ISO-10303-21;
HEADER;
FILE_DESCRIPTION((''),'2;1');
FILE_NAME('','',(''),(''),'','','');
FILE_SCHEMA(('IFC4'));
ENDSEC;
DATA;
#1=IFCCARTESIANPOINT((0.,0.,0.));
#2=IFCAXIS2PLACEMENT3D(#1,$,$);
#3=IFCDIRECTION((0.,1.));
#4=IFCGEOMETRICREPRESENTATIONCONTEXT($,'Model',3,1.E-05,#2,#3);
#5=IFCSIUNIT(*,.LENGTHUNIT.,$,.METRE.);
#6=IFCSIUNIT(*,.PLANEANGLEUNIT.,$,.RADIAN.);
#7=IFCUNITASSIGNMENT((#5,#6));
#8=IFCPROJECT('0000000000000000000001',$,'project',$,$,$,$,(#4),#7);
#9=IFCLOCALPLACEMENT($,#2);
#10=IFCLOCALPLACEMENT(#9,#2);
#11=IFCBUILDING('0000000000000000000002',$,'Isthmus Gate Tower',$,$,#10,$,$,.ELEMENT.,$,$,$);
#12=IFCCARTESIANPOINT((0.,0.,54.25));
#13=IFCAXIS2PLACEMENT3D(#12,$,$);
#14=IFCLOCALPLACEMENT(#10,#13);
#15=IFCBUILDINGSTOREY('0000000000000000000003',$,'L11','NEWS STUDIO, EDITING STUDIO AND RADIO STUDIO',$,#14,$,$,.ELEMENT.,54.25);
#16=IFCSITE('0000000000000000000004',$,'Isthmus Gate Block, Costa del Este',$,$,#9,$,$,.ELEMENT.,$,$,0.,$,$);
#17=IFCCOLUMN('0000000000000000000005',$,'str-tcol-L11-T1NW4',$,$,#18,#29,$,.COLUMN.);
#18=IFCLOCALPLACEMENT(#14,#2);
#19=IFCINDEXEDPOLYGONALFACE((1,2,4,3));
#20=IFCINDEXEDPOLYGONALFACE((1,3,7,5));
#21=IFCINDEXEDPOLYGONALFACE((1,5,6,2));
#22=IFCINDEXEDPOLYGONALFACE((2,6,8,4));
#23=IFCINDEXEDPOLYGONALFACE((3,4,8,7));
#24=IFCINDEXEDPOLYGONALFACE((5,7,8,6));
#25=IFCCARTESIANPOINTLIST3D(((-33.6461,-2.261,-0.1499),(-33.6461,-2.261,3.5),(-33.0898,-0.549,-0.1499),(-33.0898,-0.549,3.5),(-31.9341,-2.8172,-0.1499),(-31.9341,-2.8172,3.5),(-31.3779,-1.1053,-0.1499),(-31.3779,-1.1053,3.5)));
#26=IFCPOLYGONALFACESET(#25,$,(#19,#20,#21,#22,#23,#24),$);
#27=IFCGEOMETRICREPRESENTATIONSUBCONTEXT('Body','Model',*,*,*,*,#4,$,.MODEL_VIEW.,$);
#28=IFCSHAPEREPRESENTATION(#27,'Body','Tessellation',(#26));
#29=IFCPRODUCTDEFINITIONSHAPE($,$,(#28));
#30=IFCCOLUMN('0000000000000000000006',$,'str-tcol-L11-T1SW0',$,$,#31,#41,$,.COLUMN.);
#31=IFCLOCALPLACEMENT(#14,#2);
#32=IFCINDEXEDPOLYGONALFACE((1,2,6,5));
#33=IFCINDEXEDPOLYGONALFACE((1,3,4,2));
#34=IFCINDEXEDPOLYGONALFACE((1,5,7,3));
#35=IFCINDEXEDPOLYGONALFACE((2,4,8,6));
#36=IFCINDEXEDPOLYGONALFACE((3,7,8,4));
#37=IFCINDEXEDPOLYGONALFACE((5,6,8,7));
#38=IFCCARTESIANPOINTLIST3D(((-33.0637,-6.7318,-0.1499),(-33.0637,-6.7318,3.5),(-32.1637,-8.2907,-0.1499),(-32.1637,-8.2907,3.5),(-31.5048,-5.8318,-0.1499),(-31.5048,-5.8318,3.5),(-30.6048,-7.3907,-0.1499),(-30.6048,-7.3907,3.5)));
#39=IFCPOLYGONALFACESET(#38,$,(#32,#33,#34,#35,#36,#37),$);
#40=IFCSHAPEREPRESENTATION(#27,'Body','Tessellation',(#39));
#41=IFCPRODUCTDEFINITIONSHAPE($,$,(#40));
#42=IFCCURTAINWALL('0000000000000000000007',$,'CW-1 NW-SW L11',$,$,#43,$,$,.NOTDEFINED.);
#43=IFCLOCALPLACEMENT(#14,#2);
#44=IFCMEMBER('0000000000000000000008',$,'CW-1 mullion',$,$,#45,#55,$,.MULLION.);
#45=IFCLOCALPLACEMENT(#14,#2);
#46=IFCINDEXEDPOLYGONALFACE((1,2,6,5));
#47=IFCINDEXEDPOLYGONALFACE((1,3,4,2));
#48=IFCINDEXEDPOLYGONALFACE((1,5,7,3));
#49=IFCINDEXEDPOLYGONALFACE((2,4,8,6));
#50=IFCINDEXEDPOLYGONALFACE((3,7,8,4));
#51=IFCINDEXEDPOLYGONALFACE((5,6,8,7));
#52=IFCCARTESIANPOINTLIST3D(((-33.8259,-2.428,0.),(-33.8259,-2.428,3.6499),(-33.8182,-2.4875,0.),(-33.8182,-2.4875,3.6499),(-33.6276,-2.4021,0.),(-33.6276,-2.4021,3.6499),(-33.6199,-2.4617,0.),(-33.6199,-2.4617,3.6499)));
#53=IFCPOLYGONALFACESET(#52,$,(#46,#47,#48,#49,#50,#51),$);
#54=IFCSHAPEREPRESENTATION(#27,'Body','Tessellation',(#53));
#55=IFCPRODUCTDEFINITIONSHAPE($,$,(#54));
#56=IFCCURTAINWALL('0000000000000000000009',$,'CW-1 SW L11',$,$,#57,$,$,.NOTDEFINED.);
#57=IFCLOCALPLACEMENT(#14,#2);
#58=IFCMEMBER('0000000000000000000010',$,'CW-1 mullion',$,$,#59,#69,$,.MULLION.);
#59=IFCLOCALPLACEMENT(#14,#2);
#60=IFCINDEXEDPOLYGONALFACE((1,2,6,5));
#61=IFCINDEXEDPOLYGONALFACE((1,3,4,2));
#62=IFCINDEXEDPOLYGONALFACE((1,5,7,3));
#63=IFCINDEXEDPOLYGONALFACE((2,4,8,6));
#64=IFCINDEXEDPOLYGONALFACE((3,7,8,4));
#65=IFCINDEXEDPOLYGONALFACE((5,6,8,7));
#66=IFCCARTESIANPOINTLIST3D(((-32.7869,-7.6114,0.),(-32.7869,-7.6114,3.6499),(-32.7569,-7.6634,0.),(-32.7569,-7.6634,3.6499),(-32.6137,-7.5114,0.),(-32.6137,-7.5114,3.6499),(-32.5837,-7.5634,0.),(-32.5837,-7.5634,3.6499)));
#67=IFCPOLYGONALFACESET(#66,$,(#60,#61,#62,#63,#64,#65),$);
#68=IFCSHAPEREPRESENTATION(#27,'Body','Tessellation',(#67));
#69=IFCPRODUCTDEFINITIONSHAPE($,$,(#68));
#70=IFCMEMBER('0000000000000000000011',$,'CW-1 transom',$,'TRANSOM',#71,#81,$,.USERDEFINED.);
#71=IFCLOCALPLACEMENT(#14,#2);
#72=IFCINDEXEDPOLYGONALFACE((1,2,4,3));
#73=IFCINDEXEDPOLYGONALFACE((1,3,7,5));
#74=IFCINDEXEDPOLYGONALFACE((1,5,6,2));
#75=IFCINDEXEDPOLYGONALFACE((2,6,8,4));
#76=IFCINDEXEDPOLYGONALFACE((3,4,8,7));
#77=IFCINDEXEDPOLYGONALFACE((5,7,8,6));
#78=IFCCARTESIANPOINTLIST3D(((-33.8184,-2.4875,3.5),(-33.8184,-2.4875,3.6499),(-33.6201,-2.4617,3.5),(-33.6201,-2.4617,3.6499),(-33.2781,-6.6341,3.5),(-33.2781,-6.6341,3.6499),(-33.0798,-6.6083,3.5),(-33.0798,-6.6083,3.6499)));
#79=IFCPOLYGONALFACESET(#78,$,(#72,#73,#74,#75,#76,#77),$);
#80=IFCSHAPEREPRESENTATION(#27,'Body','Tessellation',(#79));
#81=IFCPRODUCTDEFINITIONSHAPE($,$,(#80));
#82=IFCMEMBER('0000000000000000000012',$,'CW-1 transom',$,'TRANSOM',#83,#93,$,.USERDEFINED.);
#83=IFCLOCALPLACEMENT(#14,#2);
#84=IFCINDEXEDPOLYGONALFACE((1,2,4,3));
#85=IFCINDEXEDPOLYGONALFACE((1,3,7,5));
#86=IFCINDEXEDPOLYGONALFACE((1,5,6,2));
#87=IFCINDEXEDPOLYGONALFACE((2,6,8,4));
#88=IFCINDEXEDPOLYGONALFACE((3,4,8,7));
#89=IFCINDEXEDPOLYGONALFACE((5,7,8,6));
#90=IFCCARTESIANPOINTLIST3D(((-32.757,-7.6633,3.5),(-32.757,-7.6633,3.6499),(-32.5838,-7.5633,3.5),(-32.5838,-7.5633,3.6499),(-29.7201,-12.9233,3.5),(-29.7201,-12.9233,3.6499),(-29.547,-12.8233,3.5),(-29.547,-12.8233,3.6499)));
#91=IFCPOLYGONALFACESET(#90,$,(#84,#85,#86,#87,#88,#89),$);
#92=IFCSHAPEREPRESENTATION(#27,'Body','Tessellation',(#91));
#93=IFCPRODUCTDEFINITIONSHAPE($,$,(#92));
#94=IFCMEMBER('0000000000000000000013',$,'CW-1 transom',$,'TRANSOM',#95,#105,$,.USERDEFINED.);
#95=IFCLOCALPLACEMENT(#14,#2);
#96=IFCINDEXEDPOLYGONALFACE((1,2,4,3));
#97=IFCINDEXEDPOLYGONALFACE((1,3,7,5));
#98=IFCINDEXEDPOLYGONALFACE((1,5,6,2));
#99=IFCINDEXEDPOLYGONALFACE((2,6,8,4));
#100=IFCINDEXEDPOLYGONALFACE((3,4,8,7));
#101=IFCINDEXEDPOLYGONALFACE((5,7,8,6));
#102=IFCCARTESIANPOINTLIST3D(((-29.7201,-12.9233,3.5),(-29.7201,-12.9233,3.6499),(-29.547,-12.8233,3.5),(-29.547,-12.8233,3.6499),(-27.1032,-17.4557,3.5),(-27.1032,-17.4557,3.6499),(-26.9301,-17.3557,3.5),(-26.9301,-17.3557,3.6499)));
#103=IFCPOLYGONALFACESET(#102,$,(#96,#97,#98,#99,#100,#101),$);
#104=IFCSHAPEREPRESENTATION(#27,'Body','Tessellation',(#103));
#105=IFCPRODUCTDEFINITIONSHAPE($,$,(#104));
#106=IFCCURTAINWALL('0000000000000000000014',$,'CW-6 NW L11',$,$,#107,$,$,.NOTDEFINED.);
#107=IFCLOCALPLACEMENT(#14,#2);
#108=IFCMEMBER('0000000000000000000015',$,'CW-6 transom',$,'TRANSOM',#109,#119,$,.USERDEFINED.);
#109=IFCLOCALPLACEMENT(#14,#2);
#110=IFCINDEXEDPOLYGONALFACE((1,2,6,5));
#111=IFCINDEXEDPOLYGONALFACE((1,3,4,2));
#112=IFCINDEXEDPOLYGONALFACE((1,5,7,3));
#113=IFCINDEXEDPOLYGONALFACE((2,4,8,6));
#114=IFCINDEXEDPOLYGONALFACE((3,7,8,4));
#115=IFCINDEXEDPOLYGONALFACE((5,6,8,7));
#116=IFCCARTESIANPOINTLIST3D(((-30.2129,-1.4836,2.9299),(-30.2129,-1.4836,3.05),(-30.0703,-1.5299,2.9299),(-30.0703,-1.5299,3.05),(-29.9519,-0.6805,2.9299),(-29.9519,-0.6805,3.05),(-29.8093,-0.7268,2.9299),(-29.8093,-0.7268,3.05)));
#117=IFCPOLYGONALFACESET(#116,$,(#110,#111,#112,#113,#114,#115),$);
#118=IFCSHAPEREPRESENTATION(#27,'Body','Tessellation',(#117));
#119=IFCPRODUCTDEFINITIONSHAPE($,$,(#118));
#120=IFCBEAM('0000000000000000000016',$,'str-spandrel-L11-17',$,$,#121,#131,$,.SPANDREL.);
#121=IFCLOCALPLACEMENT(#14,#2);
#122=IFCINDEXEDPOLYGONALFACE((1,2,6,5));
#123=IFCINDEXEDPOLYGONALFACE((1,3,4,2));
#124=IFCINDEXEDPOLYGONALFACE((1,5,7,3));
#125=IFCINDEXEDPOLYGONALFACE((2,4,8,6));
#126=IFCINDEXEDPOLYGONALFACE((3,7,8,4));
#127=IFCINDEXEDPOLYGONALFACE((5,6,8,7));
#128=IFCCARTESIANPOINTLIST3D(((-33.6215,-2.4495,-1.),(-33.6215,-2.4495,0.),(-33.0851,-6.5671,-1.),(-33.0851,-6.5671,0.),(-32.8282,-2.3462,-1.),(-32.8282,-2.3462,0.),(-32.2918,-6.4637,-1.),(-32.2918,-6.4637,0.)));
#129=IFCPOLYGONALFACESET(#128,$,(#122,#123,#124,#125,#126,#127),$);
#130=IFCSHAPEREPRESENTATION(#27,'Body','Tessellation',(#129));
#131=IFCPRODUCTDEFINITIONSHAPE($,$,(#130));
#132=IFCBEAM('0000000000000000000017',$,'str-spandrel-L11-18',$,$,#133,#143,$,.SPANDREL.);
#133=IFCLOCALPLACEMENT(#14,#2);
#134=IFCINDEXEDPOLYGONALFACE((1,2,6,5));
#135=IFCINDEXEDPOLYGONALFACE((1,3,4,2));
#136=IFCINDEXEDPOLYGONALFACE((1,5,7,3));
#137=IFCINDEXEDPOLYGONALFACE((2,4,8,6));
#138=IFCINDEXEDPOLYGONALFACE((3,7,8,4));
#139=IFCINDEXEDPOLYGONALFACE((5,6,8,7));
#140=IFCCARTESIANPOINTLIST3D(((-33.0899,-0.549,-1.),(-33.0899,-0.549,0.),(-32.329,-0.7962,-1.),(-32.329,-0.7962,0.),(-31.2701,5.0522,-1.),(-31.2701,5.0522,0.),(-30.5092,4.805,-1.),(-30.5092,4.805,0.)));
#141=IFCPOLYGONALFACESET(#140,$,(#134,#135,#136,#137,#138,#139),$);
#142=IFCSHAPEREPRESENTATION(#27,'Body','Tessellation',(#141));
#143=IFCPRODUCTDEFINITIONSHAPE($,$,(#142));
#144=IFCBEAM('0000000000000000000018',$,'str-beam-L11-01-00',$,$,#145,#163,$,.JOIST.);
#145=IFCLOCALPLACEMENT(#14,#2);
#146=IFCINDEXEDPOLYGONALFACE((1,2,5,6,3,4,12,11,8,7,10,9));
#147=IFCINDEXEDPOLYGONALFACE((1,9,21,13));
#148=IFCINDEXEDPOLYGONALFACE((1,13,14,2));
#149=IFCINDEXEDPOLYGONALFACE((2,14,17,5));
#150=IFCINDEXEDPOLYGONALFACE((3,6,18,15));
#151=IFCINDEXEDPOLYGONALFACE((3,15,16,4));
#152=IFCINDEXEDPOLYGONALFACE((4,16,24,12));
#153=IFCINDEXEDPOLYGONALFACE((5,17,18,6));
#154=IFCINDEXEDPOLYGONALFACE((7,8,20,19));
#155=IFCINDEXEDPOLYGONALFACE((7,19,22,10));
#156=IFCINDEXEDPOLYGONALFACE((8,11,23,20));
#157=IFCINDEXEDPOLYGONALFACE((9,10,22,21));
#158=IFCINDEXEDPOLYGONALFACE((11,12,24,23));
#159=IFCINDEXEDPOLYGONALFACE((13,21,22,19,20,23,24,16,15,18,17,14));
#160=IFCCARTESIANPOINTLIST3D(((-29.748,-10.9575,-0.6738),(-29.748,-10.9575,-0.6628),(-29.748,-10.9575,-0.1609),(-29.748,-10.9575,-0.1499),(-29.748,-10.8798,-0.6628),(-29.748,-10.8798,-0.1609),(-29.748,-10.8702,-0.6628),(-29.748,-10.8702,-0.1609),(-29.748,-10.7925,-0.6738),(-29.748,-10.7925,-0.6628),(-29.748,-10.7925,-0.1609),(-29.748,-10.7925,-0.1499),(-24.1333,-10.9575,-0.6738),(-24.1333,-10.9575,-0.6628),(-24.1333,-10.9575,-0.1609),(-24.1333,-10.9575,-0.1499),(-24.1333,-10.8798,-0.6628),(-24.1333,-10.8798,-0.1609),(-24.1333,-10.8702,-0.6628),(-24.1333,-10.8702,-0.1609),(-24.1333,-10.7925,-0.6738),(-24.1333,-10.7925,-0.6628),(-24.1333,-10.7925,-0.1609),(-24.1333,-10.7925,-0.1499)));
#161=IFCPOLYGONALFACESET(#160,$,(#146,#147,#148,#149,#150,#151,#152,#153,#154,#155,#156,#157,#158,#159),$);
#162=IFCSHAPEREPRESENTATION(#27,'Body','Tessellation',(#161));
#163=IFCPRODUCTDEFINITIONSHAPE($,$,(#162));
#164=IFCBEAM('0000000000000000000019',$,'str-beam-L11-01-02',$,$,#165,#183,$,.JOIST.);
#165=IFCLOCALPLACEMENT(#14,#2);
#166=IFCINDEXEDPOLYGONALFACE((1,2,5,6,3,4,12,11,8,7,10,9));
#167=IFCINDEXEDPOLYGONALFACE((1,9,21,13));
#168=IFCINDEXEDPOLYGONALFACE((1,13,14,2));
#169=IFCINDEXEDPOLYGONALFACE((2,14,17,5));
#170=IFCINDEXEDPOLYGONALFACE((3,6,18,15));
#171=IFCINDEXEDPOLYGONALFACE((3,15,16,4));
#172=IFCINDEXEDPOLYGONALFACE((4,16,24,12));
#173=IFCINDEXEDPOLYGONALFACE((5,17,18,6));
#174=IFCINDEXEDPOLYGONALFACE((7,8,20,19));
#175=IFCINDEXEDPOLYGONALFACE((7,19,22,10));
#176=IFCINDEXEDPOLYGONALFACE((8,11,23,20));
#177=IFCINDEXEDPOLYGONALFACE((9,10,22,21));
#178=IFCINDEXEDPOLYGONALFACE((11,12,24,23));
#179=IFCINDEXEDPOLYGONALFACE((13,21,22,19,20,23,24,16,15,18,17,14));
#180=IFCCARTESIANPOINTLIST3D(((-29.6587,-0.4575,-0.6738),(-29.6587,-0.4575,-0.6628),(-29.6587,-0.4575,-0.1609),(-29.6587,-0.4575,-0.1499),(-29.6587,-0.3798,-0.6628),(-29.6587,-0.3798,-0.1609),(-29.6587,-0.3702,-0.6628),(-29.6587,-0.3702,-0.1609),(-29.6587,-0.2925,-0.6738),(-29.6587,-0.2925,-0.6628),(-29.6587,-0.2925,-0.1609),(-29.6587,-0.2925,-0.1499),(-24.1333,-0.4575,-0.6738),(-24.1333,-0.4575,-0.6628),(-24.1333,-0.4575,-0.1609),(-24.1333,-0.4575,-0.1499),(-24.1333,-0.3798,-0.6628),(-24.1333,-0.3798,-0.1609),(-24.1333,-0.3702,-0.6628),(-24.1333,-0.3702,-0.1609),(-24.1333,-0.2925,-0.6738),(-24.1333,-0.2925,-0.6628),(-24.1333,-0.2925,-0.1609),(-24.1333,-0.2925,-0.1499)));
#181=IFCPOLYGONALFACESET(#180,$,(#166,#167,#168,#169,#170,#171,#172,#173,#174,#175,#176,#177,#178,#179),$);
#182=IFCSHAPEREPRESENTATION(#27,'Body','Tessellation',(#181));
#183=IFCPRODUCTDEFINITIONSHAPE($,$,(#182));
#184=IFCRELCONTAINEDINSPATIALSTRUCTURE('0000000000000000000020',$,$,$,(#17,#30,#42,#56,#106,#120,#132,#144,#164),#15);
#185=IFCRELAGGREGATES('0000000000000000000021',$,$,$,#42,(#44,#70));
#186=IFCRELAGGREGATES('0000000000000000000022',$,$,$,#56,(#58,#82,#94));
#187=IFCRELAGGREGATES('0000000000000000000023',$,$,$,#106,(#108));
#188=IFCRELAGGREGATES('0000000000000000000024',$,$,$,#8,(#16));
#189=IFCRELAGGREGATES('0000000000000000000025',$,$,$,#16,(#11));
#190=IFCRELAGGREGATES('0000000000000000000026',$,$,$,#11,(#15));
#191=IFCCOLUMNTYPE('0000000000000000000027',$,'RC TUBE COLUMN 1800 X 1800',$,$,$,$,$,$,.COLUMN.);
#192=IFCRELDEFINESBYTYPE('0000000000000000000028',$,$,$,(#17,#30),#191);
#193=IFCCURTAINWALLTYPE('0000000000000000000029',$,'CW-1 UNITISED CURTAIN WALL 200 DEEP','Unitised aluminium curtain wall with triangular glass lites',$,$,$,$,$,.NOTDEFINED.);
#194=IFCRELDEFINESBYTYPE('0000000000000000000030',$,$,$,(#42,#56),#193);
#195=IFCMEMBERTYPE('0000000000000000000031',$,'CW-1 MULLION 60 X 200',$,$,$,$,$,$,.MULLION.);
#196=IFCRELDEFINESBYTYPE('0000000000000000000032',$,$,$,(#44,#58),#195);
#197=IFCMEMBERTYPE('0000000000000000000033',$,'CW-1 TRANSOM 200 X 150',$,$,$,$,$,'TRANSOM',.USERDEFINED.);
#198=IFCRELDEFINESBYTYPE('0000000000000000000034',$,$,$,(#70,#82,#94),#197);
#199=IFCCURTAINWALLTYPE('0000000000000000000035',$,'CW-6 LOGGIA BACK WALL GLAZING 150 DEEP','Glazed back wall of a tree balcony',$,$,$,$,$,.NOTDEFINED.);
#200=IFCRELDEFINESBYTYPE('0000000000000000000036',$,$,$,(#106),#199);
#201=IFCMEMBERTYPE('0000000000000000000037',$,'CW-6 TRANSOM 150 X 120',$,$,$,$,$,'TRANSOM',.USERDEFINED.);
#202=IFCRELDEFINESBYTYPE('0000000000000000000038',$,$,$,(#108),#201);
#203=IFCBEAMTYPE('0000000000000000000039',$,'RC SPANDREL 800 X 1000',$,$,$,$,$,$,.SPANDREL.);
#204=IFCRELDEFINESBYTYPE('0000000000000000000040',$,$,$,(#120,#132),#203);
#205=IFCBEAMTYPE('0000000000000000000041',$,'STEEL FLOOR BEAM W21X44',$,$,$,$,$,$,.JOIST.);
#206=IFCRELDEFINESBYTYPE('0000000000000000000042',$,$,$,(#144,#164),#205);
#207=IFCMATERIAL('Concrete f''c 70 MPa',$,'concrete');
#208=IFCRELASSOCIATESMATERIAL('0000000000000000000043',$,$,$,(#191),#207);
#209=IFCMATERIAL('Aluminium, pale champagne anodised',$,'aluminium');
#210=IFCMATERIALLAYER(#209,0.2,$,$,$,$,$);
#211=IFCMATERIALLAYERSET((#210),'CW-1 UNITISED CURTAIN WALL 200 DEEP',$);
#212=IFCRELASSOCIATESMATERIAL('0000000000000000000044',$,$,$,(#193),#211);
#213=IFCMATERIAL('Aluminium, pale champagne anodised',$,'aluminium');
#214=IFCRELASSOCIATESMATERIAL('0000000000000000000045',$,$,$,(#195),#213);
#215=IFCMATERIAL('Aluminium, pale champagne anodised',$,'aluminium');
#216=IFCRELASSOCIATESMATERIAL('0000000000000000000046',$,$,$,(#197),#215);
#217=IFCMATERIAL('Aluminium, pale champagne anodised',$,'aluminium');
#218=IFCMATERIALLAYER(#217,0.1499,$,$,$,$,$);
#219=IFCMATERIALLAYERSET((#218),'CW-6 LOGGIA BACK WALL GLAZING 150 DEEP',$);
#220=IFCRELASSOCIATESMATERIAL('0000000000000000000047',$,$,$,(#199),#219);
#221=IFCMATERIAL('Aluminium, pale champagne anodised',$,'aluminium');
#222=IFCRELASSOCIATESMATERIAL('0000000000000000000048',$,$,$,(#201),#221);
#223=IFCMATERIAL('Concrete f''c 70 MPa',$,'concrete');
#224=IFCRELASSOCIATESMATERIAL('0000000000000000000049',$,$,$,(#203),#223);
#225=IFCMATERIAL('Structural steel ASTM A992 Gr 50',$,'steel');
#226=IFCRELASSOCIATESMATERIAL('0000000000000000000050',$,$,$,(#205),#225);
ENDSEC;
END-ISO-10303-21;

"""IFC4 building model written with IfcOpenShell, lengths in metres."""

from ifc_helpers import new_model, si_unit, direction, frame, origin, origin_2d, place, context, subcontext, project, spatial, rectangle, i_section, extrude, material, layer, layer_set, material_profile, profile_set, type_object, element, aggregate, save


model = new_model("IFC4")

# Units and contexts
model_context = context("Model", 3, precision=1e-05, world=origin(), true_north=direction((0.0, 1.0)))
body_context = subcontext(model_context, "Body", "Model", "MODEL_VIEW")
ifc_project = project(units=[si_unit("LENGTHUNIT", "METRE"), si_unit("PLANEANGLEUNIT", "RADIAN")], contexts=[model_context])

# Site, building, storey
site_placement = place(None, origin())
site = spatial("IfcSite", under=ifc_project, at=site_placement, Name="Isthmus Gate Block, Costa del Este", CompositionType="ELEMENT", RefElevation=0.0)
building_placement = place(site_placement, origin())
building = spatial("IfcBuilding", under=site, at=building_placement, Name="Isthmus Gate Tower", CompositionType="ELEMENT")
storey_placement = place(building_placement, frame((0.0, 0.0, 54.25)))
storey = spatial("IfcBuildingStorey", under=building, at=storey_placement, Name="L11", Description="NEWS STUDIO, EDITING STUDIO AND RADIO STUDIO", CompositionType="ELEMENT", Elevation=54.25)

# Columns
ifc_material_1 = material(Name="Concrete f'c 70 MPa", Category="concrete")
ifc_material_profile_1 = material_profile(ifc_material_1, rectangle(XDim=1.8, YDim=1.8, at=origin_2d()), Name="RC 1800X1800")
ifc_profile_set_1 = profile_set([ifc_material_profile_1], Name="Concrete f'c 70 MPa")
column_type = type_object("IfcColumnType", Name="RC TUBE COLUMN 1800 X 1800", PredefinedType="COLUMN", material=ifc_profile_set_1)
for number, where, z_axis, x_axis, name in (
    (1, (-32.512, -1.6831, -0.1499), (0.0, 0.0, 1.0), (-0.309017, -0.951057, 0.0), "str-tcol-L11-T1NW4"),
    (2, (-31.8342, -7.0613, -0.1499), (0.0, 0.0, 1.0), (0.5, -0.866025, 0.0), "str-tcol-L11-T1SW0"),
):
    element("IfcColumn", number, at=place(storey_placement, frame(where, z_axis=z_axis, x_axis=x_axis)), inside=storey, type_object=column_type, Name=name, PredefinedType="COLUMN", context=body_context, shape_type="SweptSolid", body=[
        extrude(rectangle(XDim=1.8, YDim=1.8, at=origin_2d()), origin(), (0.0, 0.0, 1.0), 3.6499),
    ])

# Curtain walls, members
ifc_material_2 = material(Name="Aluminium, pale champagne anodised", Category="aluminium")
ifc_layer_1 = layer(ifc_material_2, 0.2)
ifc_layer_set_1 = layer_set([ifc_layer_1], Name="CW-1 UNITISED CURTAIN WALL 200 DEEP")
curtain_wall_type_1 = type_object("IfcCurtainWallType", Name="CW-1 UNITISED CURTAIN WALL 200 DEEP", Description="Unitised aluminium curtain wall with triangular glass lites", PredefinedType="NOTDEFINED", material=ifc_layer_set_1)
curtain_wall_1_placement = place(storey_placement, origin())
curtain_wall_1 = element("IfcCurtainWall", 3, at=curtain_wall_1_placement, inside=storey, type_object=curtain_wall_type_1, Name="CW-1 NW-SW L11", PredefinedType="NOTDEFINED")
ifc_material_3 = material(Name="Aluminium, pale champagne anodised", Category="aluminium")
ifc_material_profile_2 = material_profile(ifc_material_3, rectangle(XDim=0.0601, YDim=0.2, at=origin_2d()), Name="60x200")
ifc_profile_set_2 = profile_set([ifc_material_profile_2], Name="Aluminium, pale champagne anodised")
member_type_1 = type_object("IfcMemberType", Name="CW-1 MULLION 60 X 200", PredefinedType="MULLION", material=ifc_profile_set_2)
member_1_placement = place(storey_placement, frame((-33.7229, -2.4448, 0.0), z_axis=(0.0, 0.0, 1.0), x_axis=(0.129165, -0.991623, 0.0)))
member_1 = element("IfcMember", 4, at=member_1_placement, type_object=member_type_1, Name="CW-1 mullion", PredefinedType="MULLION", context=body_context, shape_type="SweptSolid", body=[
    extrude(rectangle(XDim=0.0601, YDim=0.2, at=origin_2d()), origin(), (0.0, 0.0, 1.0), 3.6499),
])
curtain_wall_2_placement = place(storey_placement, origin())
curtain_wall_2 = element("IfcCurtainWall", 5, at=curtain_wall_2_placement, inside=storey, type_object=curtain_wall_type_1, Name="CW-1 SW L11", PredefinedType="NOTDEFINED")
member_2_placement = place(storey_placement, frame((-32.6853, -7.5874, 0.0), z_axis=(0.0, 0.0, 1.0), x_axis=(0.5, -0.866025, 0.0)))
member_2 = element("IfcMember", 6, at=member_2_placement, type_object=member_type_1, Name="CW-1 mullion", PredefinedType="MULLION", context=body_context, shape_type="SweptSolid", body=[
    extrude(rectangle(XDim=0.0601, YDim=0.2, at=origin_2d()), origin(), (0.0, 0.0, 1.0), 3.6499),
])

# Members
ifc_material_4 = material(Name="Aluminium, pale champagne anodised", Category="aluminium")
ifc_material_profile_3 = material_profile(ifc_material_4, rectangle(XDim=0.2, YDim=0.1499, at=origin_2d()), Name="200x150")
ifc_profile_set_3 = profile_set([ifc_material_profile_3], Name="Aluminium, pale champagne anodised")
member_type_2 = type_object("IfcMemberType", Name="CW-1 TRANSOM 200 X 150", ElementType="TRANSOM", PredefinedType="USERDEFINED", material=ifc_profile_set_3)
member_3_placement = place(storey_placement, frame((-33.7192, -2.4746, 3.575), z_axis=(0.129207, -0.991618, 0.0), x_axis=(0.991618, 0.129207, 0.0)))
member_3 = element("IfcMember", 7, at=member_3_placement, type_object=member_type_2, Name="CW-1 transom", ObjectType="TRANSOM", PredefinedType="USERDEFINED", context=body_context, shape_type="SweptSolid", body=[
    extrude(rectangle(XDim=0.2, YDim=0.1499, at=origin_2d()), origin(), (0.0, 0.0, 1.0), 4.1816),
])
member_4_placement = place(storey_placement, frame((-32.6704, -7.6133, 3.575), z_axis=(0.5, -0.866026, 0.0), x_axis=(0.866026, 0.5, 0.0)))
member_4 = element("IfcMember", 8, at=member_4_placement, type_object=member_type_2, Name="CW-1 transom", ObjectType="TRANSOM", PredefinedType="USERDEFINED", context=body_context, shape_type="SweptSolid", body=[
    extrude(rectangle(XDim=0.2, YDim=0.1499, at=origin_2d()), origin(), (0.0, 0.0, 1.0), 6.0737),
])
member_5_placement = place(storey_placement, frame((-29.6335, -12.8733, 3.575), z_axis=(0.500017, -0.866015, 0.0), x_axis=(0.866015, 0.500017, 0.0)))
member_5 = element("IfcMember", 9, at=member_5_placement, type_object=member_type_2, Name="CW-1 transom", ObjectType="TRANSOM", PredefinedType="USERDEFINED", context=body_context, shape_type="SweptSolid", body=[
    extrude(rectangle(XDim=0.2, YDim=0.1499, at=origin_2d()), origin(), (0.0, 0.0, 1.0), 5.2336),
])

# Curtain wall, member
ifc_material_5 = material(Name="Aluminium, pale champagne anodised", Category="aluminium")
ifc_layer_2 = layer(ifc_material_5, 0.1499)
ifc_layer_set_2 = layer_set([ifc_layer_2], Name="CW-6 LOGGIA BACK WALL GLAZING 150 DEEP")
curtain_wall_type_2 = type_object("IfcCurtainWallType", Name="CW-6 LOGGIA BACK WALL GLAZING 150 DEEP", Description="Glazed back wall of a tree balcony", PredefinedType="NOTDEFINED", material=ifc_layer_set_2)
curtain_wall_3_placement = place(storey_placement, origin())
curtain_wall_3 = element("IfcCurtainWall", 10, at=curtain_wall_3_placement, inside=storey, type_object=curtain_wall_type_2, Name="CW-6 NW L11", PredefinedType="NOTDEFINED")
ifc_material_6 = material(Name="Aluminium, pale champagne anodised", Category="aluminium")
ifc_material_profile_4 = material_profile(ifc_material_6, rectangle(XDim=0.1499, YDim=0.1201, at=origin_2d()), Name="150x120")
ifc_profile_set_4 = profile_set([ifc_material_profile_4], Name="Aluminium, pale champagne anodised")
member_type_3 = type_object("IfcMemberType", Name="CW-6 TRANSOM 150 X 120", ElementType="TRANSOM", PredefinedType="USERDEFINED", material=ifc_profile_set_4)
member_6_placement = place(storey_placement, frame((-29.8806, -0.7036, 2.99), z_axis=(-0.309021, -0.951055, 0.0), x_axis=(0.951055, -0.309021, 0.0)))
member_6 = element("IfcMember", 11, at=member_6_placement, type_object=member_type_3, Name="CW-6 transom", ObjectType="TRANSOM", PredefinedType="USERDEFINED", context=body_context, shape_type="SweptSolid", body=[
    extrude(rectangle(XDim=0.1499, YDim=0.1201, at=origin_2d()), origin(), (0.0, 0.0, 1.0), 0.8445),
])

# Beams
ifc_material_7 = material(Name="Concrete f'c 70 MPa", Category="concrete")
ifc_material_profile_5 = material_profile(ifc_material_7, rectangle(XDim=0.8, YDim=1.0, at=origin_2d()), Name="RC 800X1000")
ifc_profile_set_5 = profile_set([ifc_material_profile_5], Name="Concrete f'c 70 MPa")
beam_type_1 = type_object("IfcBeamType", Name="RC SPANDREL 800 X 1000", PredefinedType="SPANDREL", material=ifc_profile_set_5)
beam_1_placement = place(storey_placement, frame((-32.6885, -6.5154, -0.5), z_axis=(-0.129171, 0.991622, 0.0), x_axis=(-0.991622, -0.129171, 0.0)))
element("IfcBeam", 12, at=beam_1_placement, inside=storey, type_object=beam_type_1, Name="str-spandrel-L11-17", PredefinedType="SPANDREL", context=body_context, shape_type="SweptSolid", body=[
    extrude(rectangle(XDim=0.8, YDim=1.0, at=origin_2d()), origin(), (0.0, 0.0, 1.0), 4.1523),
])
beam_2_placement = place(storey_placement, frame((-32.7095, -0.6726, -0.5), z_axis=(0.309005, 0.95106, 0.0), x_axis=(-0.95106, 0.309005, 0.0)))
element("IfcBeam", 13, at=beam_2_placement, inside=storey, type_object=beam_type_1, Name="str-spandrel-L11-18", PredefinedType="SPANDREL", context=body_context, shape_type="SweptSolid", body=[
    extrude(rectangle(XDim=0.8, YDim=1.0, at=origin_2d()), origin(), (0.0, 0.0, 1.0), 5.8894),
])
ifc_material_8 = material(Name="Structural steel ASTM A992 Gr 50", Category="steel")
ifc_material_profile_6 = material_profile(ifc_material_8, i_section(OverallWidth=0.165, OverallDepth=0.5239, WebThickness=0.0095, FlangeThickness=0.011, at=origin_2d()), Name="W21X44")
ifc_profile_set_6 = profile_set([ifc_material_profile_6], Name="Structural steel ASTM A992 Gr 50")
beam_type_2 = type_object("IfcBeamType", Name="STEEL FLOOR BEAM W21X44", PredefinedType="JOIST", material=ifc_profile_set_6)
beam_3_placement = place(storey_placement, frame((-29.748, -10.875, -0.4119), z_axis=(1.0, 0.0, 0.0), x_axis=(0.0, 1.0, 0.0)))
element("IfcBeam", 14, at=beam_3_placement, inside=storey, type_object=beam_type_2, Name="str-beam-L11-01-00", PredefinedType="JOIST", context=body_context, shape_type="SweptSolid", body=[
    extrude(i_section(OverallWidth=0.165, OverallDepth=0.5239, WebThickness=0.0095, FlangeThickness=0.011, at=origin_2d()), origin(), (0.0, 0.0, 1.0), 5.6147),
])
beam_4_placement = place(storey_placement, frame((-29.6587, -0.375, -0.4119), z_axis=(1.0, 0.0, 0.0), x_axis=(0.0, 1.0, 0.0)))
element("IfcBeam", 15, at=beam_4_placement, inside=storey, type_object=beam_type_2, Name="str-beam-L11-01-02", PredefinedType="JOIST", context=body_context, shape_type="SweptSolid", body=[
    extrude(i_section(OverallWidth=0.165, OverallDepth=0.5239, WebThickness=0.0095, FlangeThickness=0.011, at=origin_2d()), origin(), (0.0, 0.0, 1.0), 5.5254),
])

aggregate(curtain_wall_1, [member_1, member_3])
aggregate(curtain_wall_2, [member_2, member_4, member_5])
aggregate(curtain_wall_3, [member_6])

save(model, "model.ifc")
